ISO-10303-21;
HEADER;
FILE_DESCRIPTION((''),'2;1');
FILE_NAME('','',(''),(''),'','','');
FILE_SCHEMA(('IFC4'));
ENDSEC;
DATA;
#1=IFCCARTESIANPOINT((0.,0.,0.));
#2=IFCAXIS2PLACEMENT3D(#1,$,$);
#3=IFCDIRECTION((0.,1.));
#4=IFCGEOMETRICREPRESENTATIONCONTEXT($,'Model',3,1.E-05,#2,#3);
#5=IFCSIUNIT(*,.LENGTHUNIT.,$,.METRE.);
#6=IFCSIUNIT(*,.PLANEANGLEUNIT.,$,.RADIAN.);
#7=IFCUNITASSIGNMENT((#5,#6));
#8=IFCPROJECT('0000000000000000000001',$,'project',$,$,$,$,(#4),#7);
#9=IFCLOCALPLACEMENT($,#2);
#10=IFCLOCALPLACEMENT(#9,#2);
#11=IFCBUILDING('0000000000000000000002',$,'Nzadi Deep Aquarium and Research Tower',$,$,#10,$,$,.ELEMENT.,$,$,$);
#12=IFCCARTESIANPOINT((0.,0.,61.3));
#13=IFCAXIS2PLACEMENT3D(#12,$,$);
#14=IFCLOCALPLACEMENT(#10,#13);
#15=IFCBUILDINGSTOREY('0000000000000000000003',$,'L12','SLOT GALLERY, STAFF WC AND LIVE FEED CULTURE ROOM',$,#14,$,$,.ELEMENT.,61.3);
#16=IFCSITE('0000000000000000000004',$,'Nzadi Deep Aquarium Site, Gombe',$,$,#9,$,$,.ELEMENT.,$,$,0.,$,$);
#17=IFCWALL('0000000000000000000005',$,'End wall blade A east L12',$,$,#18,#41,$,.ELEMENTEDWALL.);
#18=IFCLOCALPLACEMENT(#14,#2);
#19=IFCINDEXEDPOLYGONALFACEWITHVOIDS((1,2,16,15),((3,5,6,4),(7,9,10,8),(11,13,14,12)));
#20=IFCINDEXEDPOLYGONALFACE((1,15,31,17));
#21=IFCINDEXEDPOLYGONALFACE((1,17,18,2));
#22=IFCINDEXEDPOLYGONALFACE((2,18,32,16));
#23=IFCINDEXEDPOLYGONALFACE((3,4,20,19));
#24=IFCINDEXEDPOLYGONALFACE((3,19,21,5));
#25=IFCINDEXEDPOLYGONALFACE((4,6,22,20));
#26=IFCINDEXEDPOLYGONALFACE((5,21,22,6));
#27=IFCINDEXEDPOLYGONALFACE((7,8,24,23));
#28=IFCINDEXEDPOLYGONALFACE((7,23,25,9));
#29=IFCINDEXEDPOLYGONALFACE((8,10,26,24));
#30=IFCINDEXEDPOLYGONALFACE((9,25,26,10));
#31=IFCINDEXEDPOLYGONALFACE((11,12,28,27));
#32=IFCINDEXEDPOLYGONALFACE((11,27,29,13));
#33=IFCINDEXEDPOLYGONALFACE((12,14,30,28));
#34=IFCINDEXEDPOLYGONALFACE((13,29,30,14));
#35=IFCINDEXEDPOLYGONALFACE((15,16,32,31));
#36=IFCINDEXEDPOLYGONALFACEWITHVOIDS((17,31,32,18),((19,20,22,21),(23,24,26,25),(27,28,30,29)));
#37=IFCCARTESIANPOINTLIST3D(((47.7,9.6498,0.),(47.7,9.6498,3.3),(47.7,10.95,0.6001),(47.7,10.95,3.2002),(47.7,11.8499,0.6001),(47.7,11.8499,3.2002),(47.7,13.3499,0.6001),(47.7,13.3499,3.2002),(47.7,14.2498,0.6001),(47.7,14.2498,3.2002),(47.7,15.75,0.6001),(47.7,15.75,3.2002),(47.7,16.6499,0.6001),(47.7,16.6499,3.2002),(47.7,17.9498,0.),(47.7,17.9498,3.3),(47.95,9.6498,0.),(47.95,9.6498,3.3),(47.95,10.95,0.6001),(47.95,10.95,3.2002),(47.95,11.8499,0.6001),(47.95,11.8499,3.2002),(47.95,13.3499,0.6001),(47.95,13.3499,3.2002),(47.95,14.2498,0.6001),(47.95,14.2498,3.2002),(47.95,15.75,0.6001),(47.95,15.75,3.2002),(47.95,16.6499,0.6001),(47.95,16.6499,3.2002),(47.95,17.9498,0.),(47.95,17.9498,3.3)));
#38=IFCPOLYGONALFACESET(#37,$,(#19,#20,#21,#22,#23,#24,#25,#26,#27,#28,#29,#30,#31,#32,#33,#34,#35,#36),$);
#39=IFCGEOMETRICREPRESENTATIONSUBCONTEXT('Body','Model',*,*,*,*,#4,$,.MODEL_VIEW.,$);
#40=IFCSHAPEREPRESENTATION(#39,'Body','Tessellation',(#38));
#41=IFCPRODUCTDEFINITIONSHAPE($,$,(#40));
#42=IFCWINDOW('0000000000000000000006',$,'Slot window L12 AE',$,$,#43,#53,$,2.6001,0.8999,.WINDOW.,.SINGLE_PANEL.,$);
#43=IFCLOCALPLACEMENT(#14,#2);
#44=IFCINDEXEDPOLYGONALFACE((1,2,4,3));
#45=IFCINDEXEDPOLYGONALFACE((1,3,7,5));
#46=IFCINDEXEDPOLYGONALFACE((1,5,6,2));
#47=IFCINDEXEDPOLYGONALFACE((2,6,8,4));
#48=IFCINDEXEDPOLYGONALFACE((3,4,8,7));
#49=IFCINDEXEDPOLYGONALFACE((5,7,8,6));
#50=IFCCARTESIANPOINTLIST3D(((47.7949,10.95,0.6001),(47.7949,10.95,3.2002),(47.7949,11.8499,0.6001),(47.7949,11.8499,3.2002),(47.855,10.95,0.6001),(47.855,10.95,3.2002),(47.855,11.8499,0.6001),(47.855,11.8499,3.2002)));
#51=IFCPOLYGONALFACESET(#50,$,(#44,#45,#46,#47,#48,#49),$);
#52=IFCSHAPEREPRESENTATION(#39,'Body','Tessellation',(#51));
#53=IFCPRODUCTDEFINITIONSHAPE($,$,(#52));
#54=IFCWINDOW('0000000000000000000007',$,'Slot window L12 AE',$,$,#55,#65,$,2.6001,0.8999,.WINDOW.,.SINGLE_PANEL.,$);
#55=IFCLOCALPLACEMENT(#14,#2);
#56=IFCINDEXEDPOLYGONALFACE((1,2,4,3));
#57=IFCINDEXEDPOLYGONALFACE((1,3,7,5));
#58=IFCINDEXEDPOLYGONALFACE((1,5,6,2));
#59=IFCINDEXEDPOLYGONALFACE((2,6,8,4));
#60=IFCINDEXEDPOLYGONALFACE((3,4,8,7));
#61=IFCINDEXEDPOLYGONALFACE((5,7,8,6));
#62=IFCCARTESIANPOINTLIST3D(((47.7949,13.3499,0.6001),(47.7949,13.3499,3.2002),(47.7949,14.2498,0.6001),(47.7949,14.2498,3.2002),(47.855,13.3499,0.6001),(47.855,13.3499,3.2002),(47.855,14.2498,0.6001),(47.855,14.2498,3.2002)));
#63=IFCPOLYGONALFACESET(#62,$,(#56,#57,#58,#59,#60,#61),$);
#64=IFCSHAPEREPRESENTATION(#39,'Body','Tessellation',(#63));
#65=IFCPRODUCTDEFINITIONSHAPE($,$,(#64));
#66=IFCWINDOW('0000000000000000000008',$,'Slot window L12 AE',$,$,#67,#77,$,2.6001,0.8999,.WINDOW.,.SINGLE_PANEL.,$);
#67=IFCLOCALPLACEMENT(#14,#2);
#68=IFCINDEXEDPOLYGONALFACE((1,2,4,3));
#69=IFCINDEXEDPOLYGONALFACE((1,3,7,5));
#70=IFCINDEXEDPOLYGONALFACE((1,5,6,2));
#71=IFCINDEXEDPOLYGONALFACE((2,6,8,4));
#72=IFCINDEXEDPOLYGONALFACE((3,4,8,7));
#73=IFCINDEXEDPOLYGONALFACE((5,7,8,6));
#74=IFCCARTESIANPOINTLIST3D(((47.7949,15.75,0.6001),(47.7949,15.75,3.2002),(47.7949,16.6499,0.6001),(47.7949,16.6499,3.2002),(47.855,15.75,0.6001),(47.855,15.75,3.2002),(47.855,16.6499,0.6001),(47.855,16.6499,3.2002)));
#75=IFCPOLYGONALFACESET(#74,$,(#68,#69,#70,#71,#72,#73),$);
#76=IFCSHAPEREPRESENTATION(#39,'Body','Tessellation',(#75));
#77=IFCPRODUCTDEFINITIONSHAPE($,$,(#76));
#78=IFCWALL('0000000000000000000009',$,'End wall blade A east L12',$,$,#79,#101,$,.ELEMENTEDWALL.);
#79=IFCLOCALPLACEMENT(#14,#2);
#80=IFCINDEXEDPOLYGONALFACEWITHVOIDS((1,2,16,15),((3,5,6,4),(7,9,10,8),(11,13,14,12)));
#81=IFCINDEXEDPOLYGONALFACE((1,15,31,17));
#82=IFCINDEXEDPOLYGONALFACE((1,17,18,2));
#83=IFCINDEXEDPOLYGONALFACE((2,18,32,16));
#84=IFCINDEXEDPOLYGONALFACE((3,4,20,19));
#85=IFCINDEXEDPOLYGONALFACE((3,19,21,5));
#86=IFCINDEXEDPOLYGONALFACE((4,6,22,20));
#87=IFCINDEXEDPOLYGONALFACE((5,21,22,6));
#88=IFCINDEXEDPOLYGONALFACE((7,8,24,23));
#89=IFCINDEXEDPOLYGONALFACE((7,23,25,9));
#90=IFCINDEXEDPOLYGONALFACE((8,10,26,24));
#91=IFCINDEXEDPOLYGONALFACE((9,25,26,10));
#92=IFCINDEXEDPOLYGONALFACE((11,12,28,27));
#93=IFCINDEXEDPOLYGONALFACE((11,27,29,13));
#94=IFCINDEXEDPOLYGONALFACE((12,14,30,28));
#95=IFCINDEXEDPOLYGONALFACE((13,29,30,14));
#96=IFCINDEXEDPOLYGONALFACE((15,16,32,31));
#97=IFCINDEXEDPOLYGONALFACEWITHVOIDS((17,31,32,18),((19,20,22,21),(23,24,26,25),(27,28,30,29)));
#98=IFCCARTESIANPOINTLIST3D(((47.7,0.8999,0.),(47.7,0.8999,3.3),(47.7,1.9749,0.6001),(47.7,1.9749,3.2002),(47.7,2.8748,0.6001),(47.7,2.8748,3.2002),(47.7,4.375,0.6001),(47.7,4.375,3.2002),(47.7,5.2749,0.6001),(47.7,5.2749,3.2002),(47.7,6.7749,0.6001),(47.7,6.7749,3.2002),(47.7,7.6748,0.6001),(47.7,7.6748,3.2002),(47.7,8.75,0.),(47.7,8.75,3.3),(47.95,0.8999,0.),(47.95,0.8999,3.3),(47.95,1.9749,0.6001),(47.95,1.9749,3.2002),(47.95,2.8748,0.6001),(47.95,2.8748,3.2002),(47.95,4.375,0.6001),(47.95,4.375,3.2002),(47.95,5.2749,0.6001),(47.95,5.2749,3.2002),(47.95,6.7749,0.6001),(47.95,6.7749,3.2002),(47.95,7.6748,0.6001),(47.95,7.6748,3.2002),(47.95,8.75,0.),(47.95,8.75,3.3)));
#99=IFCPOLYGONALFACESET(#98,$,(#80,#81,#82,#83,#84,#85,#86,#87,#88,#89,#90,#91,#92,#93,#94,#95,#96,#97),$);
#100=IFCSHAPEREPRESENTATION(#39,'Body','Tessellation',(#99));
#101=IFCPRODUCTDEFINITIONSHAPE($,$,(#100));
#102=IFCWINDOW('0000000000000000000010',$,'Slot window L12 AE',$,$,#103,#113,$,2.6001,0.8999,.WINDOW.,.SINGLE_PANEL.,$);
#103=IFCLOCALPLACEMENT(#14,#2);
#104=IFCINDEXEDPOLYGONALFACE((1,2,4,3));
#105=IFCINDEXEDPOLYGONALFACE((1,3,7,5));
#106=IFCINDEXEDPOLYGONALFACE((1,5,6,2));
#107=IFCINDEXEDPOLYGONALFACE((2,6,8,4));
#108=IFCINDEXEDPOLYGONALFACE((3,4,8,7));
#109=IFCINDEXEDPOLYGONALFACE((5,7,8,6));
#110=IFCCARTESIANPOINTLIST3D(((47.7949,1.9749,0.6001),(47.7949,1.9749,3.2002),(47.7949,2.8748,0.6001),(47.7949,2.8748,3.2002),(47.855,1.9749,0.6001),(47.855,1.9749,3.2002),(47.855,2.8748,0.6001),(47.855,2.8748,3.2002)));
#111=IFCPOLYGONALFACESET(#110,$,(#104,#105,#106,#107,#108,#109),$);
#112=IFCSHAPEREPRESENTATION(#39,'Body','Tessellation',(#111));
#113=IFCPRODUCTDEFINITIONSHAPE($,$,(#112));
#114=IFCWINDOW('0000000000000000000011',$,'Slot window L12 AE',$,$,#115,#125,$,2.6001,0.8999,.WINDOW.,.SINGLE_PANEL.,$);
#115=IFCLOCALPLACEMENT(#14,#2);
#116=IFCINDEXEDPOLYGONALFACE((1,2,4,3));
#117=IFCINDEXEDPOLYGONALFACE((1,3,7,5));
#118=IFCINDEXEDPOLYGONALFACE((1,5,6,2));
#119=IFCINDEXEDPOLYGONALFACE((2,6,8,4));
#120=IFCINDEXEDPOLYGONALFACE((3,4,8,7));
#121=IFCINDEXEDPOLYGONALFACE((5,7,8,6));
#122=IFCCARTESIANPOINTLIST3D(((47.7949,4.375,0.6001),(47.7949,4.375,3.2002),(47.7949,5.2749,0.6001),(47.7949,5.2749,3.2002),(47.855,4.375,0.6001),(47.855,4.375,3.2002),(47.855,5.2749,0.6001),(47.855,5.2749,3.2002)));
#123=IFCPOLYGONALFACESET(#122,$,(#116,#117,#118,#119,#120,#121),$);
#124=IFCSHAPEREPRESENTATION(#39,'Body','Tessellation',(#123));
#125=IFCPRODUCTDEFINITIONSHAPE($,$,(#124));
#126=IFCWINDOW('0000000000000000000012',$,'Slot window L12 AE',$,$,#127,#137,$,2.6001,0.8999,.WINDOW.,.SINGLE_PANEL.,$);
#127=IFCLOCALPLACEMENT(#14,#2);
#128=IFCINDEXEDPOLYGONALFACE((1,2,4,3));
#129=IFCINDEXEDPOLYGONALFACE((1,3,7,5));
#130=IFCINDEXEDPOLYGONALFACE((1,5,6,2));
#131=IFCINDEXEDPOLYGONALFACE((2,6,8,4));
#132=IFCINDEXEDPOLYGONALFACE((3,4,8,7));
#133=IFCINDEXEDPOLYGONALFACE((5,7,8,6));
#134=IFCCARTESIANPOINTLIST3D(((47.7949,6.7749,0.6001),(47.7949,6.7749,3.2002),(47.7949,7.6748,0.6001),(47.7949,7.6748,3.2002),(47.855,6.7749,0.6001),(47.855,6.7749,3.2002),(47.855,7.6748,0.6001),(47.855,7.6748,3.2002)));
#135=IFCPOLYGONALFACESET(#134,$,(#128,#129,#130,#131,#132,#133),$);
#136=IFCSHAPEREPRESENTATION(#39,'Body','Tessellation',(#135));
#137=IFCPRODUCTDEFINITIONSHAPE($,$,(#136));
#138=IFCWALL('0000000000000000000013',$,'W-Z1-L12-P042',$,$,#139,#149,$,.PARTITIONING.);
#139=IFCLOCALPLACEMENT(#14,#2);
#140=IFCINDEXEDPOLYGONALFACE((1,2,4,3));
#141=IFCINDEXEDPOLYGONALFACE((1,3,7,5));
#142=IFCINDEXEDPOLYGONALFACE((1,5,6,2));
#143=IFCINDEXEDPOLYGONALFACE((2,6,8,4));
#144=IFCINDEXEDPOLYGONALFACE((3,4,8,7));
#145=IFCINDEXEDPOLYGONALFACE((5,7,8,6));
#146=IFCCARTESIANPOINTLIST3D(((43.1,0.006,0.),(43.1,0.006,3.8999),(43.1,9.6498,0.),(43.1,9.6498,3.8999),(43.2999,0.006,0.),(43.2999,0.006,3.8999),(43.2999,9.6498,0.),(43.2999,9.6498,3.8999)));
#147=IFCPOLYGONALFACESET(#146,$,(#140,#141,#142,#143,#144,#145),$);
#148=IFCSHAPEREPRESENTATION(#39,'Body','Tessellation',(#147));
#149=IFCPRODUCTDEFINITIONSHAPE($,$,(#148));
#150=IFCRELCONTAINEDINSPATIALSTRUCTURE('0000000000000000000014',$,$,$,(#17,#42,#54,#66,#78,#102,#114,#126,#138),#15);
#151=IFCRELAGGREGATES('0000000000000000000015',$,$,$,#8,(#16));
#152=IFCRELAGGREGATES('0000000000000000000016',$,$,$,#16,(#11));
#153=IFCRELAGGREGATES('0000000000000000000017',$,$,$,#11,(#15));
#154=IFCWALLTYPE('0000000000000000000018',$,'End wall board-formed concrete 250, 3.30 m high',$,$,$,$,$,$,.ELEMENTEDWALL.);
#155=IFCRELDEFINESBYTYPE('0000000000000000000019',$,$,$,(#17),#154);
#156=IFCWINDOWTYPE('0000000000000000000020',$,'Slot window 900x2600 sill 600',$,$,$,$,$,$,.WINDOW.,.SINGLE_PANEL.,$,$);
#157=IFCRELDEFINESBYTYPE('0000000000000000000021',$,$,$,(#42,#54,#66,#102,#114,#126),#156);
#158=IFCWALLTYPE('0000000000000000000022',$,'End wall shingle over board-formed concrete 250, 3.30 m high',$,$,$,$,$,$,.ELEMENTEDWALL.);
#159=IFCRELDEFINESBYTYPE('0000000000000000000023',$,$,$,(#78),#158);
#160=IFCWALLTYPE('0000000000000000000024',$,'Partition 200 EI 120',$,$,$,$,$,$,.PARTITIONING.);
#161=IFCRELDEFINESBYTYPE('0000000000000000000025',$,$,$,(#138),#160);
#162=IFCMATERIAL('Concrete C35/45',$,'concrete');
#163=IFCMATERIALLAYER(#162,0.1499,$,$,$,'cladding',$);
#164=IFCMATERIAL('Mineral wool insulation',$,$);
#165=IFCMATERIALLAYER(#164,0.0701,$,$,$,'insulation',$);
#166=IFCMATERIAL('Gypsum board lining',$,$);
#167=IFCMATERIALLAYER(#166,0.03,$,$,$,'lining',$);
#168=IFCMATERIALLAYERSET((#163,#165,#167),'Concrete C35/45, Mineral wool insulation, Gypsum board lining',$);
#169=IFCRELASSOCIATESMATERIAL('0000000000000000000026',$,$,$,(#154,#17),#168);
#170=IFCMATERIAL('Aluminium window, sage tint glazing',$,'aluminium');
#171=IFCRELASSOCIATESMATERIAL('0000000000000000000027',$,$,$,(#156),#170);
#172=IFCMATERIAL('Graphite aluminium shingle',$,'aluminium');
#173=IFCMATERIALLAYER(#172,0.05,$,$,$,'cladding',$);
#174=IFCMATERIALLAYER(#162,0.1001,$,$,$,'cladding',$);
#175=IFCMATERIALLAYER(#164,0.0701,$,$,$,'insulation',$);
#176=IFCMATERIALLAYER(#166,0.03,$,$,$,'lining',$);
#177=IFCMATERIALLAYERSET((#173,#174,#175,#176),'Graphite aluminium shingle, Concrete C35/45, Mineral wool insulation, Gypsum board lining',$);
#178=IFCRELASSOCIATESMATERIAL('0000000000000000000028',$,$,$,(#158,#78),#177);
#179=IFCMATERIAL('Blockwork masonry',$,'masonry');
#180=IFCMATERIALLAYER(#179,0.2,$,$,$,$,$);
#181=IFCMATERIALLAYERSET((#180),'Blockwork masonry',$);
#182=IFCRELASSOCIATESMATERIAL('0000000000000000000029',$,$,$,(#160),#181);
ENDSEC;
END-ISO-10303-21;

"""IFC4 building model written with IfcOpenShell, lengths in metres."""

from ifc_helpers import new_model, si_unit, direction, frame, frame_2d, origin, place, context, subcontext, project, spatial, rectangle, extrude, material, layer, layer_set, layer_usage, type_object, element, fill, save


model = new_model("IFC4")

# Units and contexts
model_context = context("Model", 3, precision=1e-05, world=origin(), true_north=direction((0.0, 1.0)))
body_context = subcontext(model_context, "Body", "Model", "MODEL_VIEW")
ifc_project = project(units=[si_unit("LENGTHUNIT", "METRE"), si_unit("PLANEANGLEUNIT", "RADIAN")], contexts=[model_context])

# Site, building, storey
site_placement = place(None, origin())
site = spatial("IfcSite", under=ifc_project, at=site_placement, Name="Nzadi Deep Aquarium Site, Gombe", CompositionType="ELEMENT", RefElevation=0.0)
building_placement = place(site_placement, origin())
building = spatial("IfcBuilding", under=site, at=building_placement, Name="Nzadi Deep Aquarium and Research Tower", CompositionType="ELEMENT")
storey_placement = place(building_placement, frame((0.0, 0.0, 61.3)))
storey = spatial("IfcBuildingStorey", under=building, at=storey_placement, Name="L12", Description="SLOT GALLERY, STAFF WC AND LIVE FEED CULTURE ROOM", CompositionType="ELEMENT", Elevation=61.3)

# Walls, openings, windows
ifc_material_1 = material(Name="Concrete C35/45", Category="concrete")
ifc_layer_1 = layer(ifc_material_1, 0.1499, Category="cladding")
ifc_material_2 = material(Name="Mineral wool insulation")
ifc_layer_2 = layer(ifc_material_2, 0.0701, Category="insulation")
ifc_material_3 = material(Name="Gypsum board lining")
ifc_layer_3 = layer(ifc_material_3, 0.03, Category="lining")
ifc_layer_set_1 = layer_set([ifc_layer_1, ifc_layer_2, ifc_layer_3], Name="Concrete C35/45, Mineral wool insulation, Gypsum board lining")
ifc_layer_usage_1 = layer_usage(ifc_layer_set_1, "AXIS2", "POSITIVE", -0.125)
wall_type_1 = type_object("IfcWallType", Name="End wall board-formed concrete 250, 3.30 m high", PredefinedType="ELEMENTEDWALL", material=ifc_layer_set_1)
wall_1_placement = place(storey_placement, frame((47.825, 9.6499, 0.0), z_axis=(0.0, 0.0, 1.0), x_axis=(0.0, 1.0, 0.0)))
wall_1 = element("IfcWall", 1, at=wall_1_placement, inside=storey, type_object=wall_type_1, material=ifc_layer_usage_1, Name="End wall blade A east L12", PredefinedType="ELEMENTEDWALL", context=body_context, shape_type="SweptSolid", body=[
    extrude(rectangle(XDim=8.3, YDim=0.25, at=frame_2d((4.1499, 0.0))), origin(), (0.0, 0.0, 1.0), 3.3),
])
opening_1_placement = place(wall_1_placement, frame((1.3, 0.0, 0.6001)))
opening_1 = element("IfcOpeningElement", 2, at=opening_1_placement, cuts=wall_1, PredefinedType="OPENING", context=body_context, shape_type="SweptSolid", body=[
    extrude(rectangle(XDim=0.8999, YDim=2.6001, at=frame_2d((0.45, 1.3))), frame((0.0, 0.135, 0.0), z_axis=(0.0, -1.0, 0.0), x_axis=(1.0, 0.0, 0.0)), (0.0, 0.0, 1.0), 0.27),
])
opening_2_placement = place(wall_1_placement, frame((3.7, 0.0, 0.6001)))
opening_2 = element("IfcOpeningElement", 3, at=opening_2_placement, cuts=wall_1, PredefinedType="OPENING", context=body_context, shape_type="SweptSolid", body=[
    extrude(rectangle(XDim=0.8999, YDim=2.6001, at=frame_2d((0.45, 1.3))), frame((0.0, 0.135, 0.0), z_axis=(0.0, -1.0, 0.0), x_axis=(1.0, 0.0, 0.0)), (0.0, 0.0, 1.0), 0.27),
])
opening_3_placement = place(wall_1_placement, frame((6.1001, 0.0, 0.6001)))
opening_3 = element("IfcOpeningElement", 4, at=opening_3_placement, cuts=wall_1, PredefinedType="OPENING", context=body_context, shape_type="SweptSolid", body=[
    extrude(rectangle(XDim=0.8999, YDim=2.6001, at=frame_2d((0.45, 1.3))), frame((0.0, 0.135, 0.0), z_axis=(0.0, -1.0, 0.0), x_axis=(1.0, 0.0, 0.0)), (0.0, 0.0, 1.0), 0.27),
])
ifc_material_4 = material(Name="Aluminium window, sage tint glazing", Category="aluminium")
window_type = type_object("IfcWindowType", Name="Slot window 900x2600 sill 600", PartitioningType="SINGLE_PANEL", PredefinedType="WINDOW", material=ifc_material_4)
window_1_placement = place(opening_1_placement, origin())
window_1 = element("IfcWindow", 5, at=window_1_placement, inside=storey, type_object=window_type, Name="Slot window L12 AE", OverallHeight=2.6001, OverallWidth=0.8999, PartitioningType="SINGLE_PANEL", PredefinedType="WINDOW", context=body_context, shape_type="SweptSolid", body=[
    extrude(rectangle(XDim=0.8999, YDim=2.6001, at=frame_2d((0.45, 1.3))), frame((0.0, 0.03, 0.0), z_axis=(0.0, -1.0, 0.0), x_axis=(1.0, 0.0, 0.0)), (0.0, 0.0, 1.0), 0.0601),
])
fill(opening_1, window_1)
window_2_placement = place(opening_2_placement, origin())
window_2 = element("IfcWindow", 6, at=window_2_placement, inside=storey, type_object=window_type, Name="Slot window L12 AE", OverallHeight=2.6001, OverallWidth=0.8999, PartitioningType="SINGLE_PANEL", PredefinedType="WINDOW", context=body_context, shape_type="SweptSolid", body=[
    extrude(rectangle(XDim=0.8999, YDim=2.6001, at=frame_2d((0.45, 1.3))), frame((0.0, 0.03, 0.0), z_axis=(0.0, -1.0, 0.0), x_axis=(1.0, 0.0, 0.0)), (0.0, 0.0, 1.0), 0.0601),
])
fill(opening_2, window_2)
window_3_placement = place(opening_3_placement, origin())
window_3 = element("IfcWindow", 7, at=window_3_placement, inside=storey, type_object=window_type, Name="Slot window L12 AE", OverallHeight=2.6001, OverallWidth=0.8999, PartitioningType="SINGLE_PANEL", PredefinedType="WINDOW", context=body_context, shape_type="SweptSolid", body=[
    extrude(rectangle(XDim=0.8999, YDim=2.6001, at=frame_2d((0.45, 1.3))), frame((0.0, 0.03, 0.0), z_axis=(0.0, -1.0, 0.0), x_axis=(1.0, 0.0, 0.0)), (0.0, 0.0, 1.0), 0.0601),
])
fill(opening_3, window_3)
ifc_material_5 = material(Name="Graphite aluminium shingle", Category="aluminium")
ifc_layer_4 = layer(ifc_material_5, 0.05, Category="cladding")
ifc_layer_5 = layer(ifc_material_1, 0.1001, Category="cladding")
ifc_layer_6 = layer(ifc_material_2, 0.0701, Category="insulation")
ifc_layer_7 = layer(ifc_material_3, 0.03, Category="lining")
ifc_layer_set_2 = layer_set([ifc_layer_4, ifc_layer_5, ifc_layer_6, ifc_layer_7], Name="Graphite aluminium shingle, Concrete C35/45, Mineral wool insulation, Gypsum board lining")
ifc_layer_usage_2 = layer_usage(ifc_layer_set_2, "AXIS2", "POSITIVE", -0.125)
wall_type_2 = type_object("IfcWallType", Name="End wall shingle over board-formed concrete 250, 3.30 m high", PredefinedType="ELEMENTEDWALL", material=ifc_layer_set_2)
wall_2_placement = place(storey_placement, frame((47.825, 0.8999, 0.0), z_axis=(0.0, 0.0, 1.0), x_axis=(0.0, 1.0, 0.0)))
wall_2 = element("IfcWall", 8, at=wall_2_placement, inside=storey, type_object=wall_type_2, material=ifc_layer_usage_2, Name="End wall blade A east L12", PredefinedType="ELEMENTEDWALL", context=body_context, shape_type="SweptSolid", body=[
    extrude(rectangle(XDim=7.8501, YDim=0.25, at=frame_2d((3.925, 0.0))), origin(), (0.0, 0.0, 1.0), 3.3),
])
opening_4_placement = place(wall_2_placement, frame((1.075, 0.0, 0.6001)))
opening_4 = element("IfcOpeningElement", 9, at=opening_4_placement, cuts=wall_2, PredefinedType="OPENING", context=body_context, shape_type="SweptSolid", body=[
    extrude(rectangle(XDim=0.8999, YDim=2.6001, at=frame_2d((0.45, 1.3))), frame((0.0, 0.135, 0.0), z_axis=(0.0, -1.0, 0.0), x_axis=(1.0, 0.0, 0.0)), (0.0, 0.0, 1.0), 0.27),
])
opening_5_placement = place(wall_2_placement, frame((3.4751, 0.0, 0.6001)))
opening_5 = element("IfcOpeningElement", 10, at=opening_5_placement, cuts=wall_2, PredefinedType="OPENING", context=body_context, shape_type="SweptSolid", body=[
    extrude(rectangle(XDim=0.8999, YDim=2.6001, at=frame_2d((0.45, 1.3))), frame((0.0, 0.135, 0.0), z_axis=(0.0, -1.0, 0.0), x_axis=(1.0, 0.0, 0.0)), (0.0, 0.0, 1.0), 0.27),
])
opening_6_placement = place(wall_2_placement, frame((5.875, 0.0, 0.6001)))
opening_6 = element("IfcOpeningElement", 11, at=opening_6_placement, cuts=wall_2, PredefinedType="OPENING", context=body_context, shape_type="SweptSolid", body=[
    extrude(rectangle(XDim=0.8999, YDim=2.6001, at=frame_2d((0.45, 1.3))), frame((0.0, 0.135, 0.0), z_axis=(0.0, -1.0, 0.0), x_axis=(1.0, 0.0, 0.0)), (0.0, 0.0, 1.0), 0.27),
])
window_4_placement = place(opening_4_placement, origin())
window_4 = element("IfcWindow", 12, at=window_4_placement, inside=storey, type_object=window_type, Name="Slot window L12 AE", OverallHeight=2.6001, OverallWidth=0.8999, PartitioningType="SINGLE_PANEL", PredefinedType="WINDOW", context=body_context, shape_type="SweptSolid", body=[
    extrude(rectangle(XDim=0.8999, YDim=2.6001, at=frame_2d((0.45, 1.3))), frame((0.0, 0.03, 0.0), z_axis=(0.0, -1.0, 0.0), x_axis=(1.0, 0.0, 0.0)), (0.0, 0.0, 1.0), 0.0601),
])
fill(opening_4, window_4)
window_5_placement = place(opening_5_placement, origin())
window_5 = element("IfcWindow", 13, at=window_5_placement, inside=storey, type_object=window_type, Name="Slot window L12 AE", OverallHeight=2.6001, OverallWidth=0.8999, PartitioningType="SINGLE_PANEL", PredefinedType="WINDOW", context=body_context, shape_type="SweptSolid", body=[
    extrude(rectangle(XDim=0.8999, YDim=2.6001, at=frame_2d((0.45, 1.3))), frame((0.0, 0.03, 0.0), z_axis=(0.0, -1.0, 0.0), x_axis=(1.0, 0.0, 0.0)), (0.0, 0.0, 1.0), 0.0601),
])
fill(opening_5, window_5)
window_6_placement = place(opening_6_placement, origin())
window_6 = element("IfcWindow", 14, at=window_6_placement, inside=storey, type_object=window_type, Name="Slot window L12 AE", OverallHeight=2.6001, OverallWidth=0.8999, PartitioningType="SINGLE_PANEL", PredefinedType="WINDOW", context=body_context, shape_type="SweptSolid", body=[
    extrude(rectangle(XDim=0.8999, YDim=2.6001, at=frame_2d((0.45, 1.3))), frame((0.0, 0.03, 0.0), z_axis=(0.0, -1.0, 0.0), x_axis=(1.0, 0.0, 0.0)), (0.0, 0.0, 1.0), 0.0601),
])
fill(opening_6, window_6)

# Wall
ifc_material_6 = material(Name="Blockwork masonry", Category="masonry")
ifc_layer_8 = layer(ifc_material_6, 0.2)
ifc_layer_set_3 = layer_set([ifc_layer_8], Name="Blockwork masonry")
wall_type_3 = type_object("IfcWallType", Name="Partition 200 EI 120", PredefinedType="PARTITIONING", material=ifc_layer_set_3)
wall_3_placement = place(storey_placement, frame((43.2, 0.0061, 0.0), z_axis=(0.0, 0.0, 1.0), x_axis=(0.0, 1.0, 0.0)))
element("IfcWall", 15, at=wall_3_placement, inside=storey, type_object=wall_type_3, Name="W-Z1-L12-P042", PredefinedType="PARTITIONING", context=body_context, shape_type="SweptSolid", body=[
    extrude(rectangle(XDim=9.6438, YDim=0.2, at=frame_2d((4.8218, 0.0))), origin(), (0.0, 0.0, 1.0), 3.8999),
])

save(model, "model.ifc")
